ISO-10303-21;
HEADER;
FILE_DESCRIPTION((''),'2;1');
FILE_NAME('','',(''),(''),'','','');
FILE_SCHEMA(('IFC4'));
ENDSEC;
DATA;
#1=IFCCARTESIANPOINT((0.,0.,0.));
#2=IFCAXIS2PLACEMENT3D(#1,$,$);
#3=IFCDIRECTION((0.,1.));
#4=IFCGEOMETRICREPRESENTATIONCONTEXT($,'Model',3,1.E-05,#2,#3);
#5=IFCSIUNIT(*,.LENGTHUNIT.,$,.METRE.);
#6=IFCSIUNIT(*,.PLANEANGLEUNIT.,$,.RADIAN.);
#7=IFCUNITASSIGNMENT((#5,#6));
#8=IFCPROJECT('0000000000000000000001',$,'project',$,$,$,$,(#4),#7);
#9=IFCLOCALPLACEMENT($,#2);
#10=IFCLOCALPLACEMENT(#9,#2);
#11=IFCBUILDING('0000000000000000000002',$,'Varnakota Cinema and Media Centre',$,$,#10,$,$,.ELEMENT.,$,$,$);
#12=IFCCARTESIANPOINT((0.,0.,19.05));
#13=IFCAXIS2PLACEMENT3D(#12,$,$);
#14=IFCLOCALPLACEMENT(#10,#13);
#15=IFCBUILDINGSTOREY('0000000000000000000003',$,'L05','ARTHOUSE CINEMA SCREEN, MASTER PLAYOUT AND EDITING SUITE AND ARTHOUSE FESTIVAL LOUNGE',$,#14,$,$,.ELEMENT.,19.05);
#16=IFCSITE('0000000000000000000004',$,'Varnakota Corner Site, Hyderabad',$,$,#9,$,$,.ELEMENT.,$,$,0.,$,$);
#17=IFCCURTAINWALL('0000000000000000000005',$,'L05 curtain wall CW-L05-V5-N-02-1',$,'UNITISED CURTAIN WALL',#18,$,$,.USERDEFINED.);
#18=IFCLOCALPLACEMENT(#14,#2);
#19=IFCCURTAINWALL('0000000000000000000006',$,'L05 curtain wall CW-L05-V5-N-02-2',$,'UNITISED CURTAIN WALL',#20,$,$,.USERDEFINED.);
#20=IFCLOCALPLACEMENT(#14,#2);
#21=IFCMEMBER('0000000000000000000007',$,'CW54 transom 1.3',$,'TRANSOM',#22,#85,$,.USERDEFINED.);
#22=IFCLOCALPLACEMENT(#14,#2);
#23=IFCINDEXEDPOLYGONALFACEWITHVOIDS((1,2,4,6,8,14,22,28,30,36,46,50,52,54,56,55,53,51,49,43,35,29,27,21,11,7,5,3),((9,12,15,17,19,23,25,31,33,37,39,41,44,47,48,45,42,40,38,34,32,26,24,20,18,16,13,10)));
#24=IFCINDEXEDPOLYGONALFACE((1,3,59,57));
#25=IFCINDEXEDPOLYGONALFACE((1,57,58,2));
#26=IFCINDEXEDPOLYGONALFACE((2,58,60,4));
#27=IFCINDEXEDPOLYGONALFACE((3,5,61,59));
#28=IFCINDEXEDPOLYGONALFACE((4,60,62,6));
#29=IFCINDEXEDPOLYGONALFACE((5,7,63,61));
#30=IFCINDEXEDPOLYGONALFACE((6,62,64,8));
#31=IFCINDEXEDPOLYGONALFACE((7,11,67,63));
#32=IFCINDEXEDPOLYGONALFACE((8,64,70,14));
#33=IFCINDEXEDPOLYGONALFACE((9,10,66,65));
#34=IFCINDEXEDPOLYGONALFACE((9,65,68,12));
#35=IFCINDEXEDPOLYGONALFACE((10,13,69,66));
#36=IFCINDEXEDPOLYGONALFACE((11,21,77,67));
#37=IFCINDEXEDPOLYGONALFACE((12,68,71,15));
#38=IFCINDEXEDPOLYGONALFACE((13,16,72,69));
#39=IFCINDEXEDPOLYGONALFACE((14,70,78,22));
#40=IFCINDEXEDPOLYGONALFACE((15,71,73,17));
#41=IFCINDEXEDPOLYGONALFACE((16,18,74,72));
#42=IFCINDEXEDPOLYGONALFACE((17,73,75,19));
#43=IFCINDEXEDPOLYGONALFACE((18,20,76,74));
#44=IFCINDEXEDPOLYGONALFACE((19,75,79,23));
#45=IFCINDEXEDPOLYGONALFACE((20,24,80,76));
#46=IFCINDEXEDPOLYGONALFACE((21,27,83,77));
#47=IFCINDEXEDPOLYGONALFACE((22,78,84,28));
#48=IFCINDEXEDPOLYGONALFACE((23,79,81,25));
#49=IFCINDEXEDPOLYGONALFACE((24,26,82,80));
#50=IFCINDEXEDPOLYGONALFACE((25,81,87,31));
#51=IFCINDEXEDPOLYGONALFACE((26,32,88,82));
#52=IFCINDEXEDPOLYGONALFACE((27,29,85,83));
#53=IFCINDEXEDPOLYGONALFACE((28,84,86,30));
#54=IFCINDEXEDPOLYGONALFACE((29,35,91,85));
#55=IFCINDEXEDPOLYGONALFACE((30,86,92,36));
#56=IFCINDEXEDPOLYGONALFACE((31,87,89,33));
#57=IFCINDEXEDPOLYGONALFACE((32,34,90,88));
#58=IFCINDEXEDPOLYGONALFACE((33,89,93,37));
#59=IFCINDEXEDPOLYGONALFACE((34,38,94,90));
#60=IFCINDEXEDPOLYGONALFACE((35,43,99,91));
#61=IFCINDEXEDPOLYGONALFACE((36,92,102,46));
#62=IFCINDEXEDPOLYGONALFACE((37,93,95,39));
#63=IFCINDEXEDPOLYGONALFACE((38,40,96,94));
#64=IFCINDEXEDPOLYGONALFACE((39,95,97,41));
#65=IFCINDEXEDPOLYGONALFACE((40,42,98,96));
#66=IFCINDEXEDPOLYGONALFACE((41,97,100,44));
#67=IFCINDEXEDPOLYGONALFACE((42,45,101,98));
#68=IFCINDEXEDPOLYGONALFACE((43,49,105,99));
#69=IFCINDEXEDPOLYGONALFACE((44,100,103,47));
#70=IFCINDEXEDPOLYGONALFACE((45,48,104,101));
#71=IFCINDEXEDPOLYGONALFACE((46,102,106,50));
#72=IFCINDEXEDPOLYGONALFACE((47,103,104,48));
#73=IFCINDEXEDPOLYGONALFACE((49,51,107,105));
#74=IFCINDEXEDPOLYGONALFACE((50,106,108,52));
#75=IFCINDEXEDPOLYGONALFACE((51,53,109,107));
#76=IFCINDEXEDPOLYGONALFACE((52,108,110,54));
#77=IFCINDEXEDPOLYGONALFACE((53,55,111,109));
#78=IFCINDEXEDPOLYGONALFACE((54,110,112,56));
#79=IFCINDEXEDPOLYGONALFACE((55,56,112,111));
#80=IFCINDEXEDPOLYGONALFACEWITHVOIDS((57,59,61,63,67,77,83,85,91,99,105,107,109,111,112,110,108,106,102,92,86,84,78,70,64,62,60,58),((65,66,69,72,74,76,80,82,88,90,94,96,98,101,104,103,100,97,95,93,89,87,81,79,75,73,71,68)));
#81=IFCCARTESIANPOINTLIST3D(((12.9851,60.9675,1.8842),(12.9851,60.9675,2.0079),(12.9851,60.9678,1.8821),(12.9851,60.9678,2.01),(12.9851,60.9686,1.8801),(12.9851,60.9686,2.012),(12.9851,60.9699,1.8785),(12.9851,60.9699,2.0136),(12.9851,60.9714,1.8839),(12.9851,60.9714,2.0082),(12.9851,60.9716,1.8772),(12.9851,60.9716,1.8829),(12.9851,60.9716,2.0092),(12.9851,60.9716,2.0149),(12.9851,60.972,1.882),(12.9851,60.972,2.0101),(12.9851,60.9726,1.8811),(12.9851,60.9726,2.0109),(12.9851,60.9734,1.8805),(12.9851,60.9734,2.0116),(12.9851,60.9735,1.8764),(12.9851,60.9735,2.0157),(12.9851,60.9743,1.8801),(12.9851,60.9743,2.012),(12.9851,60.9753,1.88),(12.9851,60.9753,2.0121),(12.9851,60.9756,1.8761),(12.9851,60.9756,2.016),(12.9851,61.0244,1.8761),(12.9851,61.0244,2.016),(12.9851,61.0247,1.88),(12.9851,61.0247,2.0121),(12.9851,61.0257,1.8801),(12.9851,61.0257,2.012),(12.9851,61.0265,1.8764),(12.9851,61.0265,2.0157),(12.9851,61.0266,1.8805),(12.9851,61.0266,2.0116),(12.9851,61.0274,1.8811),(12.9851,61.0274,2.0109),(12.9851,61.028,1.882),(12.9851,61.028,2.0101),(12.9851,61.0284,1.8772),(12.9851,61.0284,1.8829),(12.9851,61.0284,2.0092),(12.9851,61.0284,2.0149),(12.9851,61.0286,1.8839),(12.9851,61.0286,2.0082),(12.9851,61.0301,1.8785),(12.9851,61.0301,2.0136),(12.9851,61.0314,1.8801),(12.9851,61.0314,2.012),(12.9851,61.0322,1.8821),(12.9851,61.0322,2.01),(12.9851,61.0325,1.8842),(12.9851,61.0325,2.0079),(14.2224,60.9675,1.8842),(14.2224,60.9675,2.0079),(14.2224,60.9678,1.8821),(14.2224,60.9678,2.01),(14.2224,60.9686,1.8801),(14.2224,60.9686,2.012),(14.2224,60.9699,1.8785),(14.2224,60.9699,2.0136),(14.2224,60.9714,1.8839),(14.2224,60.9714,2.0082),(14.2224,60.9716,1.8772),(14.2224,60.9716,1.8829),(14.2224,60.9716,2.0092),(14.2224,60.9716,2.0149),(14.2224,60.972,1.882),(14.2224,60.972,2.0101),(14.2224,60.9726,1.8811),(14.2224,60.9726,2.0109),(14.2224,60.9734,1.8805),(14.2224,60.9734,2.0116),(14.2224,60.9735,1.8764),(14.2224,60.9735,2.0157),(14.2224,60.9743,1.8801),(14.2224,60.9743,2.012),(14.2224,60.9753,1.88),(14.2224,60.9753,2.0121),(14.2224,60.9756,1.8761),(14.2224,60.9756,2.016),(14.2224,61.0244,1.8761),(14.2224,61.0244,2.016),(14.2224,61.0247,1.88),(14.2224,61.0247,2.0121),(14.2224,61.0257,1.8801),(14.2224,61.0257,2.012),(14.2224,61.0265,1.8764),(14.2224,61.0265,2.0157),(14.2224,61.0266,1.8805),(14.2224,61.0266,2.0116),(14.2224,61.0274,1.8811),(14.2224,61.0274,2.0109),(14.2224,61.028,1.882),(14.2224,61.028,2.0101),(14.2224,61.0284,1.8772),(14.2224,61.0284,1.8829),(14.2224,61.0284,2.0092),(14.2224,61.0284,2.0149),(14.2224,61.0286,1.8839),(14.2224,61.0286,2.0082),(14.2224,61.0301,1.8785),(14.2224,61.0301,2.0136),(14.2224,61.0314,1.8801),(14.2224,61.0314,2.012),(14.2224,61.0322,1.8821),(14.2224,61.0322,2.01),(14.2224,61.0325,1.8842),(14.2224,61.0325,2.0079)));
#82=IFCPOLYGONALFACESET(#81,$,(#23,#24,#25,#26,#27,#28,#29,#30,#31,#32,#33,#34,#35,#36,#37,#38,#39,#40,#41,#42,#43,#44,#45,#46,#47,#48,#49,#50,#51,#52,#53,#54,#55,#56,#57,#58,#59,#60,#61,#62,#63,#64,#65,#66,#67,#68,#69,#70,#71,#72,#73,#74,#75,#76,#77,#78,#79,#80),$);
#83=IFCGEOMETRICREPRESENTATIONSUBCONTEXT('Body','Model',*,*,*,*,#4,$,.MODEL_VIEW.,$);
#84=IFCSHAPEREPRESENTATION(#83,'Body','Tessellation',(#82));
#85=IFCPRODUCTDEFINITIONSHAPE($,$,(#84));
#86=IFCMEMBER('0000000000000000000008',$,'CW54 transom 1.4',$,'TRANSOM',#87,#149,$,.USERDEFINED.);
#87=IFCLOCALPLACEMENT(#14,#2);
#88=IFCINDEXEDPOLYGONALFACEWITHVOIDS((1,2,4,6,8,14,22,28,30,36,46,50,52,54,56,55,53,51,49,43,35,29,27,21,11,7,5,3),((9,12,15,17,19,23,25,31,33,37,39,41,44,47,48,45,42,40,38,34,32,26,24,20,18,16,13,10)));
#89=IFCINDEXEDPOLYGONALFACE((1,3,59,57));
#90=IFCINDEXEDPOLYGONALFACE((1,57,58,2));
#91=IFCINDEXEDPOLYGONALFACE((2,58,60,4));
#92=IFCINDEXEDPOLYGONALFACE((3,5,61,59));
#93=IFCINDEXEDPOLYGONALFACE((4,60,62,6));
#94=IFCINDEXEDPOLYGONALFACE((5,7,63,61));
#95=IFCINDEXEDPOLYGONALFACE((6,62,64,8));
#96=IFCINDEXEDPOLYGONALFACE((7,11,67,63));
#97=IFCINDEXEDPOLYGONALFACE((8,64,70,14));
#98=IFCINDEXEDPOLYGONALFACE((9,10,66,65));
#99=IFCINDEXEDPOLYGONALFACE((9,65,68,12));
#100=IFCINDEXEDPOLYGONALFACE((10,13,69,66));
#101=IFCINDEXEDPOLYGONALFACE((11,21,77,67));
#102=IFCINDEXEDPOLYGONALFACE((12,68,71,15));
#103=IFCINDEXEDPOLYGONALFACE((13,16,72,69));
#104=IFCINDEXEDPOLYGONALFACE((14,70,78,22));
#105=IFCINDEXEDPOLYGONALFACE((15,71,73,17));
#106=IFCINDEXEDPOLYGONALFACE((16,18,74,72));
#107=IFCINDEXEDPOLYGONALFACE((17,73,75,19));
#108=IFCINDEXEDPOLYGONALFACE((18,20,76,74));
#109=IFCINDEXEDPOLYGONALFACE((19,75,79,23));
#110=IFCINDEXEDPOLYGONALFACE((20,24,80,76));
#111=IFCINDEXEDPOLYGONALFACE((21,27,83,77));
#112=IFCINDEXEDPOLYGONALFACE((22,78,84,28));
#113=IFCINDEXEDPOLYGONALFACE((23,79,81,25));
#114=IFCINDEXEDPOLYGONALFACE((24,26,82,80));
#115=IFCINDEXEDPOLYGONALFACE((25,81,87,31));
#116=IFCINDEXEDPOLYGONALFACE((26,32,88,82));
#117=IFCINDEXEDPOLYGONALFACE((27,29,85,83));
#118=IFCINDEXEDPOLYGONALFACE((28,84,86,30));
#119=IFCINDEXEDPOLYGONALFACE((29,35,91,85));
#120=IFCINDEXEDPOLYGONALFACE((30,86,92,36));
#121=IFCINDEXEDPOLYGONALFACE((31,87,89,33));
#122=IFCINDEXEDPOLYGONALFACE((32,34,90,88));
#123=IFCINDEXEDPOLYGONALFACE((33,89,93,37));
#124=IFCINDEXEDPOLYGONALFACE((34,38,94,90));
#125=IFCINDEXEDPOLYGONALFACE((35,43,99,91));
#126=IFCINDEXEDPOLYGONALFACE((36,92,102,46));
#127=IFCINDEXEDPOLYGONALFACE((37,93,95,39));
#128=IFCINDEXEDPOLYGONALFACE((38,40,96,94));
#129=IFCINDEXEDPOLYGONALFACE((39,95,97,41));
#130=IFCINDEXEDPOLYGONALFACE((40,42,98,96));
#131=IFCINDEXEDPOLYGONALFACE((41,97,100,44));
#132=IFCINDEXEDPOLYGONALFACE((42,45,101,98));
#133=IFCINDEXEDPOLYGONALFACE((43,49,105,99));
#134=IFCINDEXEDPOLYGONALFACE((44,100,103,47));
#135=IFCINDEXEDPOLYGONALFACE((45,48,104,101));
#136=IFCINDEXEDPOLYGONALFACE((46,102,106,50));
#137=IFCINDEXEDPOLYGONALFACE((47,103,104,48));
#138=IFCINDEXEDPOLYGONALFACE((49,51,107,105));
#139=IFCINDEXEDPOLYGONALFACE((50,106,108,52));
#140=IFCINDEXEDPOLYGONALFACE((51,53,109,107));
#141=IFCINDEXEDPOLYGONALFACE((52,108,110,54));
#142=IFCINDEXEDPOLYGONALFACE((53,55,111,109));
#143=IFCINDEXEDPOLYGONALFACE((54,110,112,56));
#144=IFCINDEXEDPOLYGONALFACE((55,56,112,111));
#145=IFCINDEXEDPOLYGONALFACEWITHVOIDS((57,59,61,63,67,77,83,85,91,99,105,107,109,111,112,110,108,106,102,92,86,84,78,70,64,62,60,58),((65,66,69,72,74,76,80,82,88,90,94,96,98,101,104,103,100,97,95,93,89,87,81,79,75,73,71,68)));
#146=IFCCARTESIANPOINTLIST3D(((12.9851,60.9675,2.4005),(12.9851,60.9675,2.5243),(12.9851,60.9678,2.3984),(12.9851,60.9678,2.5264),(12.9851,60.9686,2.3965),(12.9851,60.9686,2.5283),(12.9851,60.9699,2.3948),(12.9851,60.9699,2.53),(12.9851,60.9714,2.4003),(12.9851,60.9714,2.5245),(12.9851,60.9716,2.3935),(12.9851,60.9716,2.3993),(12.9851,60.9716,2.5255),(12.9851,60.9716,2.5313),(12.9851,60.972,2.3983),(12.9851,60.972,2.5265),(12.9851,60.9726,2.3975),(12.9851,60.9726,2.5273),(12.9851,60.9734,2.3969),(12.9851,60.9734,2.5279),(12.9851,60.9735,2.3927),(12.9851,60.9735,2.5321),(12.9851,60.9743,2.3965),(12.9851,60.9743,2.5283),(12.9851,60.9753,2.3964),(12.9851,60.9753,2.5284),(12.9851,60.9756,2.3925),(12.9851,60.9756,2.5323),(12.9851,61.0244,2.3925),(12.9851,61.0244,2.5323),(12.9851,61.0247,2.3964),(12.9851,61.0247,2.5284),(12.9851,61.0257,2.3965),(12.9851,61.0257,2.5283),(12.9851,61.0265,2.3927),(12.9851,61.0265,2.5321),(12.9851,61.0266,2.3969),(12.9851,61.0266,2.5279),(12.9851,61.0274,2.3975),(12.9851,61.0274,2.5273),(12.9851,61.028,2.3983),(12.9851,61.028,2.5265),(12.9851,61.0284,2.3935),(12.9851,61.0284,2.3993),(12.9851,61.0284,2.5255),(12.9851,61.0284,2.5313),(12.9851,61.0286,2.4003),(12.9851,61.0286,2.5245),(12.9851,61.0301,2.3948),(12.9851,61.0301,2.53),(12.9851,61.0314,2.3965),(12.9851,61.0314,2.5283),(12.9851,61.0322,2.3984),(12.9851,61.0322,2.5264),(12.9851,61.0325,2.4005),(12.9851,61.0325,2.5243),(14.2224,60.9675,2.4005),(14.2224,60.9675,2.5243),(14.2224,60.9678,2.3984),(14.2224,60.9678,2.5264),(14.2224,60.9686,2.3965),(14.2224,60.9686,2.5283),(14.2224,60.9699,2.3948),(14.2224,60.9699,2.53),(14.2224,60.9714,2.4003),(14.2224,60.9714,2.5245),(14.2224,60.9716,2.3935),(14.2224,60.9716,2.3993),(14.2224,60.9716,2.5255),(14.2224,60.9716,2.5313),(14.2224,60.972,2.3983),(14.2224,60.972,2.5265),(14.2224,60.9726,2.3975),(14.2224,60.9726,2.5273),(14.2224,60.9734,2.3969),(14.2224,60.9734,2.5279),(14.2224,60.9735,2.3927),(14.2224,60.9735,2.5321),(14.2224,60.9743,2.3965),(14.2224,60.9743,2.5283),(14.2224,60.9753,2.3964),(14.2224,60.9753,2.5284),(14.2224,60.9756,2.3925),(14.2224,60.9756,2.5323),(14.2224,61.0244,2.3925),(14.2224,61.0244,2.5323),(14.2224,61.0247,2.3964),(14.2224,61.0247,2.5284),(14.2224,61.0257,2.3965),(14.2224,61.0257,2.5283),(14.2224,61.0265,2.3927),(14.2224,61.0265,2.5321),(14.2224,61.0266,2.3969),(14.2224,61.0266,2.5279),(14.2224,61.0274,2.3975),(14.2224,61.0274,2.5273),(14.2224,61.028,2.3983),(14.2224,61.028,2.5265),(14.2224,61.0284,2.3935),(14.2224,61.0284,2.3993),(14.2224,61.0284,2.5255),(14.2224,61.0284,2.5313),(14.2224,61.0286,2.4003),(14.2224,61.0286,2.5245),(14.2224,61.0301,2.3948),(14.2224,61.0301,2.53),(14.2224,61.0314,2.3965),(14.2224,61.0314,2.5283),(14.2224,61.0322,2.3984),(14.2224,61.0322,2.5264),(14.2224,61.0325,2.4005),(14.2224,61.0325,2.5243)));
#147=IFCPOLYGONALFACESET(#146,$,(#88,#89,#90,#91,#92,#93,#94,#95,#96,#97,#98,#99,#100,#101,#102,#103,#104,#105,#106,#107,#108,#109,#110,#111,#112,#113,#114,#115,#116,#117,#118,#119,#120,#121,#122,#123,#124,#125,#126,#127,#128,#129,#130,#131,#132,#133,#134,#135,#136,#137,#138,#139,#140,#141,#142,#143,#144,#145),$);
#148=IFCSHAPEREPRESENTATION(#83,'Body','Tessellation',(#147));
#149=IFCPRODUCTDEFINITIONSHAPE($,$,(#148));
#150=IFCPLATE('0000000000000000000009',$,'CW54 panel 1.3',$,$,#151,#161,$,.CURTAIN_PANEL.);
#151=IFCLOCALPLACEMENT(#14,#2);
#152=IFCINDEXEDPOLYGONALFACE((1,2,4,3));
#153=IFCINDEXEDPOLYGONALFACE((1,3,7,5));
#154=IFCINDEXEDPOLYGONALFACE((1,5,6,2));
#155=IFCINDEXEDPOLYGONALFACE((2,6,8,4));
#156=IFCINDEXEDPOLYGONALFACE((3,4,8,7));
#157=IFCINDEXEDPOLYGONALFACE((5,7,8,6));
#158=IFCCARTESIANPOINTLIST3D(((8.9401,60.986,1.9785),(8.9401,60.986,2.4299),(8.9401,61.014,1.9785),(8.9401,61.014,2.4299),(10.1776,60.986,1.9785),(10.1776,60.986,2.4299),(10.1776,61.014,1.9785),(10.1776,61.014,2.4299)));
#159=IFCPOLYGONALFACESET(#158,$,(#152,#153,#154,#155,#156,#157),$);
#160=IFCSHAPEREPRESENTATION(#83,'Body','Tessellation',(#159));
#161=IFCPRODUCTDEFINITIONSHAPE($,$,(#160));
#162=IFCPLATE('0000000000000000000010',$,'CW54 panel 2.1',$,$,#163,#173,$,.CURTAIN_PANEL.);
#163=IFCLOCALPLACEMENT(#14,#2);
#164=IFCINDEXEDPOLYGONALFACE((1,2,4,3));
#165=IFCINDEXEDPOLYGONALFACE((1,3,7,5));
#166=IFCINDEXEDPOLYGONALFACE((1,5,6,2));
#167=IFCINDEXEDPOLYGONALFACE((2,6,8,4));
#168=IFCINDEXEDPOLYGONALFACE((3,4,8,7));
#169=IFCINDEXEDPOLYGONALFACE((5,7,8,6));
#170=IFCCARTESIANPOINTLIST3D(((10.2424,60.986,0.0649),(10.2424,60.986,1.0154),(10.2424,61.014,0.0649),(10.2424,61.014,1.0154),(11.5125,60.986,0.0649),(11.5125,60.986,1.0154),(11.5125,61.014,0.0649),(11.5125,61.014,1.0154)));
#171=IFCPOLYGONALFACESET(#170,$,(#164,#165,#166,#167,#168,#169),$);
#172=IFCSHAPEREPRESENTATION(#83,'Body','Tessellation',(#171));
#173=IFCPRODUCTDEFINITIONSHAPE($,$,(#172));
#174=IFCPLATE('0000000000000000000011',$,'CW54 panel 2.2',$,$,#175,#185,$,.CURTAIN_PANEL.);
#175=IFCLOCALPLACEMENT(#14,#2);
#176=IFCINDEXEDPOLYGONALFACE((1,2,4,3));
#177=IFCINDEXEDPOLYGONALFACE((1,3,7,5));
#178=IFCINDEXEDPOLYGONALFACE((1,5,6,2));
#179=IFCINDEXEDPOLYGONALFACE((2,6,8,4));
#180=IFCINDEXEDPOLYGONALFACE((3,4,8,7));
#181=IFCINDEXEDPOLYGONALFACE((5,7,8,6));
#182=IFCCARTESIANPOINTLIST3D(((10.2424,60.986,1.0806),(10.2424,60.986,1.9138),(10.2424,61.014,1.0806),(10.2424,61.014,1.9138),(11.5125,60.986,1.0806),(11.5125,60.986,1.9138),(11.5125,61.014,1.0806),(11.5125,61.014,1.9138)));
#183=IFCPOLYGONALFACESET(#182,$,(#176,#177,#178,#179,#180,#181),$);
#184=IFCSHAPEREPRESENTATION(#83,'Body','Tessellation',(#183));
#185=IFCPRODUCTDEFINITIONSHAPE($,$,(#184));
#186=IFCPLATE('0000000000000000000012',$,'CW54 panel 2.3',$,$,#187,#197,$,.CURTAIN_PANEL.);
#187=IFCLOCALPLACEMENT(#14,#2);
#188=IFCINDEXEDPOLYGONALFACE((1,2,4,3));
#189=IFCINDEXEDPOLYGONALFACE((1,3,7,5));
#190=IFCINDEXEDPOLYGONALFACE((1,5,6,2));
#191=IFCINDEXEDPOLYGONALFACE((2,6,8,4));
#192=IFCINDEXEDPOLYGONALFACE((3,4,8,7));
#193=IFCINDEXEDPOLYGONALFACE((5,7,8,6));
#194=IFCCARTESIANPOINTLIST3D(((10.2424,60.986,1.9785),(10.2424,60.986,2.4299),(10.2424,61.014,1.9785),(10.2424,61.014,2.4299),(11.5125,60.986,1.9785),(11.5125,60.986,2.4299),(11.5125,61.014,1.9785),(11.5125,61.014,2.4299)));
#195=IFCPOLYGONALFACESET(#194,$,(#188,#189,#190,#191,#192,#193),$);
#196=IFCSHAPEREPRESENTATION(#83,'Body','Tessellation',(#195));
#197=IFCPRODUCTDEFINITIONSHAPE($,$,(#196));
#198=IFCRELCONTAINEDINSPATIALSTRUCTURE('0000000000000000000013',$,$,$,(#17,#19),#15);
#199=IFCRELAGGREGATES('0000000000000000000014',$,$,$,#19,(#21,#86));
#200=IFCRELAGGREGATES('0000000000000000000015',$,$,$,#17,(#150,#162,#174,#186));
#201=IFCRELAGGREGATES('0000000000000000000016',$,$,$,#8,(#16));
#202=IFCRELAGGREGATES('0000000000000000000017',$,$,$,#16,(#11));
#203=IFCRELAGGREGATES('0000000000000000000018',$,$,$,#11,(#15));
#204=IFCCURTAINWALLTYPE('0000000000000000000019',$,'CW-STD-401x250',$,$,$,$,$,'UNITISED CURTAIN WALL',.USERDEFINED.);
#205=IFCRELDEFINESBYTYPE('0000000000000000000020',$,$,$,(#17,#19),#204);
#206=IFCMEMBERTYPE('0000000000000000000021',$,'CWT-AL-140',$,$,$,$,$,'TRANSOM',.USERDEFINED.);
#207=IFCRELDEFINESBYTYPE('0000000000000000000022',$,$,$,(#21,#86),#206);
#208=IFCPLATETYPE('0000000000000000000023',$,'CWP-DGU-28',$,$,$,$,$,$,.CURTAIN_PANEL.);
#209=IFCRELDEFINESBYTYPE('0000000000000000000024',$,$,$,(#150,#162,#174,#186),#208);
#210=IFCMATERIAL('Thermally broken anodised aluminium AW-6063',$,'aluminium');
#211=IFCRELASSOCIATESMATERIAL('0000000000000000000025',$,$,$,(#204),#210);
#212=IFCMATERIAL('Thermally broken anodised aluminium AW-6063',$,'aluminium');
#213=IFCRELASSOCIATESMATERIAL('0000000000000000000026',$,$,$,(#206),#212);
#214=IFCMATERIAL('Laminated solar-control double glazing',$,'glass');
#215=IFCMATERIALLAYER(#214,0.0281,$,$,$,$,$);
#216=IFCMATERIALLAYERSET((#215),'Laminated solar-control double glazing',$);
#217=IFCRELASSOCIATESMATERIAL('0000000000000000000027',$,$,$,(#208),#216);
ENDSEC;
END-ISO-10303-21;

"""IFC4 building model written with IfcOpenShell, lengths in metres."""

from ifc_helpers import new_model, si_unit, direction, frame, origin, origin_2d, place, context, subcontext, project, spatial, rectangle, hollow_rectangle, extrude, material, layer, layer_set, material_profile, profile_set, type_object, element, aggregate, save


model = new_model("IFC4")

# Units and contexts
model_context = context("Model", 3, precision=1e-05, world=origin(), true_north=direction((0.0, 1.0)))
body_context = subcontext(model_context, "Body", "Model", "MODEL_VIEW")
ifc_project = project(units=[si_unit("LENGTHUNIT", "METRE"), si_unit("PLANEANGLEUNIT", "RADIAN")], contexts=[model_context])

# Site, building, storey
site_placement = place(None, origin())
site = spatial("IfcSite", under=ifc_project, at=site_placement, Name="Varnakota Corner Site, Hyderabad", CompositionType="ELEMENT", RefElevation=0.0)
building_placement = place(site_placement, origin())
building = spatial("IfcBuilding", under=site, at=building_placement, Name="Varnakota Cinema and Media Centre", CompositionType="ELEMENT")
storey_placement = place(building_placement, frame((0.0, 0.0, 19.05)))
storey = spatial("IfcBuildingStorey", under=building, at=storey_placement, Name="L05", Description="ARTHOUSE CINEMA SCREEN, MASTER PLAYOUT AND EDITING SUITE AND ARTHOUSE FESTIVAL LOUNGE", CompositionType="ELEMENT", Elevation=19.05)

# Curtain wall
ifc_material_1 = material(Name="Thermally broken anodised aluminium AW-6063", Category="aluminium")
curtain_wall_type = type_object("IfcCurtainWallType", Name="CW-STD-401x250", ElementType="UNITISED CURTAIN WALL", PredefinedType="USERDEFINED", material=ifc_material_1)
curtain_wall_1_placement = place(storey_placement, origin())
curtain_wall_1 = element("IfcCurtainWall", 1, at=curtain_wall_1_placement, inside=storey, type_object=curtain_wall_type, Name="L05 curtain wall CW-L05-V5-N-02-1", ObjectType="UNITISED CURTAIN WALL", PredefinedType="USERDEFINED")

# Curtain wall
curtain_wall_2_placement = place(storey_placement, origin())
curtain_wall_2 = element("IfcCurtainWall", 2, at=curtain_wall_2_placement, inside=storey, type_object=curtain_wall_type, Name="L05 curtain wall CW-L05-V5-N-02-2", ObjectType="UNITISED CURTAIN WALL", PredefinedType="USERDEFINED")

# Members
ifc_material_2 = material(Name="Thermally broken anodised aluminium AW-6063", Category="aluminium")
ifc_material_profile_1 = material_profile(ifc_material_2, hollow_rectangle(XDim=0.0649, YDim=0.1399, WallThickness=0.0039, InnerFilletRadius=0.0039, OuterFilletRadius=0.0081, at=origin_2d()), Name="AL-TRANSOM 140x65x4")
ifc_profile_set_1 = profile_set([ifc_material_profile_1], Name="Thermally broken anodised aluminium AW-6063")
member_type_1 = type_object("IfcMemberType", Name="CWT-AL-140", ElementType="TRANSOM", PredefinedType="USERDEFINED", material=ifc_profile_set_1)
member_1_placement = place(storey_placement, frame((12.9851, 61.0, 1.946), z_axis=(1.0, 0.0, 0.0), x_axis=(0.0, 1.0, 0.0)))
member_1 = element("IfcMember", 3, at=member_1_placement, type_object=member_type_1, Name="CW54 transom 1.3", ObjectType="TRANSOM", PredefinedType="USERDEFINED", context=body_context, shape_type="SweptSolid", body=[
    extrude(hollow_rectangle(XDim=0.0649, YDim=0.1399, WallThickness=0.0039, InnerFilletRadius=0.0039, OuterFilletRadius=0.0081, at=origin_2d()), origin(), (0.0, 0.0, 1.0), 1.2373),
])
member_2_placement = place(storey_placement, frame((12.9851, 61.0, 2.4624), z_axis=(1.0, 0.0, 0.0), x_axis=(0.0, 1.0, 0.0)))
member_2 = element("IfcMember", 4, at=member_2_placement, type_object=member_type_1, Name="CW54 transom 1.4", ObjectType="TRANSOM", PredefinedType="USERDEFINED", context=body_context, shape_type="SweptSolid", body=[
    extrude(hollow_rectangle(XDim=0.0649, YDim=0.1399, WallThickness=0.0039, InnerFilletRadius=0.0039, OuterFilletRadius=0.0081, at=origin_2d()), origin(), (0.0, 0.0, 1.0), 1.2373),
])
aggregate(curtain_wall_2, [member_1, member_2])

# Plates
ifc_material_3 = material(Name="Laminated solar-control double glazing", Category="glass")
ifc_layer = layer(ifc_material_3, 0.0281)
ifc_layer_set = layer_set([ifc_layer], Name="Laminated solar-control double glazing")
plate_type = type_object("IfcPlateType", Name="CWP-DGU-28", PredefinedType="CURTAIN_PANEL", material=ifc_layer_set)
plate_1_placement = place(storey_placement, frame((9.5588, 61.0, 1.9785), z_axis=(0.0, 0.0, 1.0), x_axis=(1.0, 0.0, 0.0)))
plate_1 = element("IfcPlate", 5, at=plate_1_placement, type_object=plate_type, Name="CW54 panel 1.3", PredefinedType="CURTAIN_PANEL", context=body_context, shape_type="SweptSolid", body=[
    extrude(rectangle(XDim=1.2375, YDim=0.0281, at=origin_2d()), origin(), (0.0, 0.0, 1.0), 0.4514),
])
plate_2_placement = place(storey_placement, frame((10.8774, 61.0, 0.0649), z_axis=(0.0, 0.0, 1.0), x_axis=(1.0, 0.0, 0.0)))
plate_2 = element("IfcPlate", 6, at=plate_2_placement, type_object=plate_type, Name="CW54 panel 2.1", PredefinedType="CURTAIN_PANEL", context=body_context, shape_type="SweptSolid", body=[
    extrude(rectangle(XDim=1.27, YDim=0.0281, at=origin_2d()), origin(), (0.0, 0.0, 1.0), 0.9504),
])
plate_3_placement = place(storey_placement, frame((10.8774, 61.0, 1.0806), z_axis=(0.0, 0.0, 1.0), x_axis=(1.0, 0.0, 0.0)))
plate_3 = element("IfcPlate", 7, at=plate_3_placement, type_object=plate_type, Name="CW54 panel 2.2", PredefinedType="CURTAIN_PANEL", context=body_context, shape_type="SweptSolid", body=[
    extrude(rectangle(XDim=1.27, YDim=0.0281, at=origin_2d()), origin(), (0.0, 0.0, 1.0), 0.8333),
])
plate_4_placement = place(storey_placement, frame((10.8774, 61.0, 1.9785), z_axis=(0.0, 0.0, 1.0), x_axis=(1.0, 0.0, 0.0)))
plate_4 = element("IfcPlate", 8, at=plate_4_placement, type_object=plate_type, Name="CW54 panel 2.3", PredefinedType="CURTAIN_PANEL", context=body_context, shape_type="SweptSolid", body=[
    extrude(rectangle(XDim=1.27, YDim=0.0281, at=origin_2d()), origin(), (0.0, 0.0, 1.0), 0.4514),
])
aggregate(curtain_wall_1, [plate_1, plate_2, plate_3, plate_4])

save(model, "model.ifc")
